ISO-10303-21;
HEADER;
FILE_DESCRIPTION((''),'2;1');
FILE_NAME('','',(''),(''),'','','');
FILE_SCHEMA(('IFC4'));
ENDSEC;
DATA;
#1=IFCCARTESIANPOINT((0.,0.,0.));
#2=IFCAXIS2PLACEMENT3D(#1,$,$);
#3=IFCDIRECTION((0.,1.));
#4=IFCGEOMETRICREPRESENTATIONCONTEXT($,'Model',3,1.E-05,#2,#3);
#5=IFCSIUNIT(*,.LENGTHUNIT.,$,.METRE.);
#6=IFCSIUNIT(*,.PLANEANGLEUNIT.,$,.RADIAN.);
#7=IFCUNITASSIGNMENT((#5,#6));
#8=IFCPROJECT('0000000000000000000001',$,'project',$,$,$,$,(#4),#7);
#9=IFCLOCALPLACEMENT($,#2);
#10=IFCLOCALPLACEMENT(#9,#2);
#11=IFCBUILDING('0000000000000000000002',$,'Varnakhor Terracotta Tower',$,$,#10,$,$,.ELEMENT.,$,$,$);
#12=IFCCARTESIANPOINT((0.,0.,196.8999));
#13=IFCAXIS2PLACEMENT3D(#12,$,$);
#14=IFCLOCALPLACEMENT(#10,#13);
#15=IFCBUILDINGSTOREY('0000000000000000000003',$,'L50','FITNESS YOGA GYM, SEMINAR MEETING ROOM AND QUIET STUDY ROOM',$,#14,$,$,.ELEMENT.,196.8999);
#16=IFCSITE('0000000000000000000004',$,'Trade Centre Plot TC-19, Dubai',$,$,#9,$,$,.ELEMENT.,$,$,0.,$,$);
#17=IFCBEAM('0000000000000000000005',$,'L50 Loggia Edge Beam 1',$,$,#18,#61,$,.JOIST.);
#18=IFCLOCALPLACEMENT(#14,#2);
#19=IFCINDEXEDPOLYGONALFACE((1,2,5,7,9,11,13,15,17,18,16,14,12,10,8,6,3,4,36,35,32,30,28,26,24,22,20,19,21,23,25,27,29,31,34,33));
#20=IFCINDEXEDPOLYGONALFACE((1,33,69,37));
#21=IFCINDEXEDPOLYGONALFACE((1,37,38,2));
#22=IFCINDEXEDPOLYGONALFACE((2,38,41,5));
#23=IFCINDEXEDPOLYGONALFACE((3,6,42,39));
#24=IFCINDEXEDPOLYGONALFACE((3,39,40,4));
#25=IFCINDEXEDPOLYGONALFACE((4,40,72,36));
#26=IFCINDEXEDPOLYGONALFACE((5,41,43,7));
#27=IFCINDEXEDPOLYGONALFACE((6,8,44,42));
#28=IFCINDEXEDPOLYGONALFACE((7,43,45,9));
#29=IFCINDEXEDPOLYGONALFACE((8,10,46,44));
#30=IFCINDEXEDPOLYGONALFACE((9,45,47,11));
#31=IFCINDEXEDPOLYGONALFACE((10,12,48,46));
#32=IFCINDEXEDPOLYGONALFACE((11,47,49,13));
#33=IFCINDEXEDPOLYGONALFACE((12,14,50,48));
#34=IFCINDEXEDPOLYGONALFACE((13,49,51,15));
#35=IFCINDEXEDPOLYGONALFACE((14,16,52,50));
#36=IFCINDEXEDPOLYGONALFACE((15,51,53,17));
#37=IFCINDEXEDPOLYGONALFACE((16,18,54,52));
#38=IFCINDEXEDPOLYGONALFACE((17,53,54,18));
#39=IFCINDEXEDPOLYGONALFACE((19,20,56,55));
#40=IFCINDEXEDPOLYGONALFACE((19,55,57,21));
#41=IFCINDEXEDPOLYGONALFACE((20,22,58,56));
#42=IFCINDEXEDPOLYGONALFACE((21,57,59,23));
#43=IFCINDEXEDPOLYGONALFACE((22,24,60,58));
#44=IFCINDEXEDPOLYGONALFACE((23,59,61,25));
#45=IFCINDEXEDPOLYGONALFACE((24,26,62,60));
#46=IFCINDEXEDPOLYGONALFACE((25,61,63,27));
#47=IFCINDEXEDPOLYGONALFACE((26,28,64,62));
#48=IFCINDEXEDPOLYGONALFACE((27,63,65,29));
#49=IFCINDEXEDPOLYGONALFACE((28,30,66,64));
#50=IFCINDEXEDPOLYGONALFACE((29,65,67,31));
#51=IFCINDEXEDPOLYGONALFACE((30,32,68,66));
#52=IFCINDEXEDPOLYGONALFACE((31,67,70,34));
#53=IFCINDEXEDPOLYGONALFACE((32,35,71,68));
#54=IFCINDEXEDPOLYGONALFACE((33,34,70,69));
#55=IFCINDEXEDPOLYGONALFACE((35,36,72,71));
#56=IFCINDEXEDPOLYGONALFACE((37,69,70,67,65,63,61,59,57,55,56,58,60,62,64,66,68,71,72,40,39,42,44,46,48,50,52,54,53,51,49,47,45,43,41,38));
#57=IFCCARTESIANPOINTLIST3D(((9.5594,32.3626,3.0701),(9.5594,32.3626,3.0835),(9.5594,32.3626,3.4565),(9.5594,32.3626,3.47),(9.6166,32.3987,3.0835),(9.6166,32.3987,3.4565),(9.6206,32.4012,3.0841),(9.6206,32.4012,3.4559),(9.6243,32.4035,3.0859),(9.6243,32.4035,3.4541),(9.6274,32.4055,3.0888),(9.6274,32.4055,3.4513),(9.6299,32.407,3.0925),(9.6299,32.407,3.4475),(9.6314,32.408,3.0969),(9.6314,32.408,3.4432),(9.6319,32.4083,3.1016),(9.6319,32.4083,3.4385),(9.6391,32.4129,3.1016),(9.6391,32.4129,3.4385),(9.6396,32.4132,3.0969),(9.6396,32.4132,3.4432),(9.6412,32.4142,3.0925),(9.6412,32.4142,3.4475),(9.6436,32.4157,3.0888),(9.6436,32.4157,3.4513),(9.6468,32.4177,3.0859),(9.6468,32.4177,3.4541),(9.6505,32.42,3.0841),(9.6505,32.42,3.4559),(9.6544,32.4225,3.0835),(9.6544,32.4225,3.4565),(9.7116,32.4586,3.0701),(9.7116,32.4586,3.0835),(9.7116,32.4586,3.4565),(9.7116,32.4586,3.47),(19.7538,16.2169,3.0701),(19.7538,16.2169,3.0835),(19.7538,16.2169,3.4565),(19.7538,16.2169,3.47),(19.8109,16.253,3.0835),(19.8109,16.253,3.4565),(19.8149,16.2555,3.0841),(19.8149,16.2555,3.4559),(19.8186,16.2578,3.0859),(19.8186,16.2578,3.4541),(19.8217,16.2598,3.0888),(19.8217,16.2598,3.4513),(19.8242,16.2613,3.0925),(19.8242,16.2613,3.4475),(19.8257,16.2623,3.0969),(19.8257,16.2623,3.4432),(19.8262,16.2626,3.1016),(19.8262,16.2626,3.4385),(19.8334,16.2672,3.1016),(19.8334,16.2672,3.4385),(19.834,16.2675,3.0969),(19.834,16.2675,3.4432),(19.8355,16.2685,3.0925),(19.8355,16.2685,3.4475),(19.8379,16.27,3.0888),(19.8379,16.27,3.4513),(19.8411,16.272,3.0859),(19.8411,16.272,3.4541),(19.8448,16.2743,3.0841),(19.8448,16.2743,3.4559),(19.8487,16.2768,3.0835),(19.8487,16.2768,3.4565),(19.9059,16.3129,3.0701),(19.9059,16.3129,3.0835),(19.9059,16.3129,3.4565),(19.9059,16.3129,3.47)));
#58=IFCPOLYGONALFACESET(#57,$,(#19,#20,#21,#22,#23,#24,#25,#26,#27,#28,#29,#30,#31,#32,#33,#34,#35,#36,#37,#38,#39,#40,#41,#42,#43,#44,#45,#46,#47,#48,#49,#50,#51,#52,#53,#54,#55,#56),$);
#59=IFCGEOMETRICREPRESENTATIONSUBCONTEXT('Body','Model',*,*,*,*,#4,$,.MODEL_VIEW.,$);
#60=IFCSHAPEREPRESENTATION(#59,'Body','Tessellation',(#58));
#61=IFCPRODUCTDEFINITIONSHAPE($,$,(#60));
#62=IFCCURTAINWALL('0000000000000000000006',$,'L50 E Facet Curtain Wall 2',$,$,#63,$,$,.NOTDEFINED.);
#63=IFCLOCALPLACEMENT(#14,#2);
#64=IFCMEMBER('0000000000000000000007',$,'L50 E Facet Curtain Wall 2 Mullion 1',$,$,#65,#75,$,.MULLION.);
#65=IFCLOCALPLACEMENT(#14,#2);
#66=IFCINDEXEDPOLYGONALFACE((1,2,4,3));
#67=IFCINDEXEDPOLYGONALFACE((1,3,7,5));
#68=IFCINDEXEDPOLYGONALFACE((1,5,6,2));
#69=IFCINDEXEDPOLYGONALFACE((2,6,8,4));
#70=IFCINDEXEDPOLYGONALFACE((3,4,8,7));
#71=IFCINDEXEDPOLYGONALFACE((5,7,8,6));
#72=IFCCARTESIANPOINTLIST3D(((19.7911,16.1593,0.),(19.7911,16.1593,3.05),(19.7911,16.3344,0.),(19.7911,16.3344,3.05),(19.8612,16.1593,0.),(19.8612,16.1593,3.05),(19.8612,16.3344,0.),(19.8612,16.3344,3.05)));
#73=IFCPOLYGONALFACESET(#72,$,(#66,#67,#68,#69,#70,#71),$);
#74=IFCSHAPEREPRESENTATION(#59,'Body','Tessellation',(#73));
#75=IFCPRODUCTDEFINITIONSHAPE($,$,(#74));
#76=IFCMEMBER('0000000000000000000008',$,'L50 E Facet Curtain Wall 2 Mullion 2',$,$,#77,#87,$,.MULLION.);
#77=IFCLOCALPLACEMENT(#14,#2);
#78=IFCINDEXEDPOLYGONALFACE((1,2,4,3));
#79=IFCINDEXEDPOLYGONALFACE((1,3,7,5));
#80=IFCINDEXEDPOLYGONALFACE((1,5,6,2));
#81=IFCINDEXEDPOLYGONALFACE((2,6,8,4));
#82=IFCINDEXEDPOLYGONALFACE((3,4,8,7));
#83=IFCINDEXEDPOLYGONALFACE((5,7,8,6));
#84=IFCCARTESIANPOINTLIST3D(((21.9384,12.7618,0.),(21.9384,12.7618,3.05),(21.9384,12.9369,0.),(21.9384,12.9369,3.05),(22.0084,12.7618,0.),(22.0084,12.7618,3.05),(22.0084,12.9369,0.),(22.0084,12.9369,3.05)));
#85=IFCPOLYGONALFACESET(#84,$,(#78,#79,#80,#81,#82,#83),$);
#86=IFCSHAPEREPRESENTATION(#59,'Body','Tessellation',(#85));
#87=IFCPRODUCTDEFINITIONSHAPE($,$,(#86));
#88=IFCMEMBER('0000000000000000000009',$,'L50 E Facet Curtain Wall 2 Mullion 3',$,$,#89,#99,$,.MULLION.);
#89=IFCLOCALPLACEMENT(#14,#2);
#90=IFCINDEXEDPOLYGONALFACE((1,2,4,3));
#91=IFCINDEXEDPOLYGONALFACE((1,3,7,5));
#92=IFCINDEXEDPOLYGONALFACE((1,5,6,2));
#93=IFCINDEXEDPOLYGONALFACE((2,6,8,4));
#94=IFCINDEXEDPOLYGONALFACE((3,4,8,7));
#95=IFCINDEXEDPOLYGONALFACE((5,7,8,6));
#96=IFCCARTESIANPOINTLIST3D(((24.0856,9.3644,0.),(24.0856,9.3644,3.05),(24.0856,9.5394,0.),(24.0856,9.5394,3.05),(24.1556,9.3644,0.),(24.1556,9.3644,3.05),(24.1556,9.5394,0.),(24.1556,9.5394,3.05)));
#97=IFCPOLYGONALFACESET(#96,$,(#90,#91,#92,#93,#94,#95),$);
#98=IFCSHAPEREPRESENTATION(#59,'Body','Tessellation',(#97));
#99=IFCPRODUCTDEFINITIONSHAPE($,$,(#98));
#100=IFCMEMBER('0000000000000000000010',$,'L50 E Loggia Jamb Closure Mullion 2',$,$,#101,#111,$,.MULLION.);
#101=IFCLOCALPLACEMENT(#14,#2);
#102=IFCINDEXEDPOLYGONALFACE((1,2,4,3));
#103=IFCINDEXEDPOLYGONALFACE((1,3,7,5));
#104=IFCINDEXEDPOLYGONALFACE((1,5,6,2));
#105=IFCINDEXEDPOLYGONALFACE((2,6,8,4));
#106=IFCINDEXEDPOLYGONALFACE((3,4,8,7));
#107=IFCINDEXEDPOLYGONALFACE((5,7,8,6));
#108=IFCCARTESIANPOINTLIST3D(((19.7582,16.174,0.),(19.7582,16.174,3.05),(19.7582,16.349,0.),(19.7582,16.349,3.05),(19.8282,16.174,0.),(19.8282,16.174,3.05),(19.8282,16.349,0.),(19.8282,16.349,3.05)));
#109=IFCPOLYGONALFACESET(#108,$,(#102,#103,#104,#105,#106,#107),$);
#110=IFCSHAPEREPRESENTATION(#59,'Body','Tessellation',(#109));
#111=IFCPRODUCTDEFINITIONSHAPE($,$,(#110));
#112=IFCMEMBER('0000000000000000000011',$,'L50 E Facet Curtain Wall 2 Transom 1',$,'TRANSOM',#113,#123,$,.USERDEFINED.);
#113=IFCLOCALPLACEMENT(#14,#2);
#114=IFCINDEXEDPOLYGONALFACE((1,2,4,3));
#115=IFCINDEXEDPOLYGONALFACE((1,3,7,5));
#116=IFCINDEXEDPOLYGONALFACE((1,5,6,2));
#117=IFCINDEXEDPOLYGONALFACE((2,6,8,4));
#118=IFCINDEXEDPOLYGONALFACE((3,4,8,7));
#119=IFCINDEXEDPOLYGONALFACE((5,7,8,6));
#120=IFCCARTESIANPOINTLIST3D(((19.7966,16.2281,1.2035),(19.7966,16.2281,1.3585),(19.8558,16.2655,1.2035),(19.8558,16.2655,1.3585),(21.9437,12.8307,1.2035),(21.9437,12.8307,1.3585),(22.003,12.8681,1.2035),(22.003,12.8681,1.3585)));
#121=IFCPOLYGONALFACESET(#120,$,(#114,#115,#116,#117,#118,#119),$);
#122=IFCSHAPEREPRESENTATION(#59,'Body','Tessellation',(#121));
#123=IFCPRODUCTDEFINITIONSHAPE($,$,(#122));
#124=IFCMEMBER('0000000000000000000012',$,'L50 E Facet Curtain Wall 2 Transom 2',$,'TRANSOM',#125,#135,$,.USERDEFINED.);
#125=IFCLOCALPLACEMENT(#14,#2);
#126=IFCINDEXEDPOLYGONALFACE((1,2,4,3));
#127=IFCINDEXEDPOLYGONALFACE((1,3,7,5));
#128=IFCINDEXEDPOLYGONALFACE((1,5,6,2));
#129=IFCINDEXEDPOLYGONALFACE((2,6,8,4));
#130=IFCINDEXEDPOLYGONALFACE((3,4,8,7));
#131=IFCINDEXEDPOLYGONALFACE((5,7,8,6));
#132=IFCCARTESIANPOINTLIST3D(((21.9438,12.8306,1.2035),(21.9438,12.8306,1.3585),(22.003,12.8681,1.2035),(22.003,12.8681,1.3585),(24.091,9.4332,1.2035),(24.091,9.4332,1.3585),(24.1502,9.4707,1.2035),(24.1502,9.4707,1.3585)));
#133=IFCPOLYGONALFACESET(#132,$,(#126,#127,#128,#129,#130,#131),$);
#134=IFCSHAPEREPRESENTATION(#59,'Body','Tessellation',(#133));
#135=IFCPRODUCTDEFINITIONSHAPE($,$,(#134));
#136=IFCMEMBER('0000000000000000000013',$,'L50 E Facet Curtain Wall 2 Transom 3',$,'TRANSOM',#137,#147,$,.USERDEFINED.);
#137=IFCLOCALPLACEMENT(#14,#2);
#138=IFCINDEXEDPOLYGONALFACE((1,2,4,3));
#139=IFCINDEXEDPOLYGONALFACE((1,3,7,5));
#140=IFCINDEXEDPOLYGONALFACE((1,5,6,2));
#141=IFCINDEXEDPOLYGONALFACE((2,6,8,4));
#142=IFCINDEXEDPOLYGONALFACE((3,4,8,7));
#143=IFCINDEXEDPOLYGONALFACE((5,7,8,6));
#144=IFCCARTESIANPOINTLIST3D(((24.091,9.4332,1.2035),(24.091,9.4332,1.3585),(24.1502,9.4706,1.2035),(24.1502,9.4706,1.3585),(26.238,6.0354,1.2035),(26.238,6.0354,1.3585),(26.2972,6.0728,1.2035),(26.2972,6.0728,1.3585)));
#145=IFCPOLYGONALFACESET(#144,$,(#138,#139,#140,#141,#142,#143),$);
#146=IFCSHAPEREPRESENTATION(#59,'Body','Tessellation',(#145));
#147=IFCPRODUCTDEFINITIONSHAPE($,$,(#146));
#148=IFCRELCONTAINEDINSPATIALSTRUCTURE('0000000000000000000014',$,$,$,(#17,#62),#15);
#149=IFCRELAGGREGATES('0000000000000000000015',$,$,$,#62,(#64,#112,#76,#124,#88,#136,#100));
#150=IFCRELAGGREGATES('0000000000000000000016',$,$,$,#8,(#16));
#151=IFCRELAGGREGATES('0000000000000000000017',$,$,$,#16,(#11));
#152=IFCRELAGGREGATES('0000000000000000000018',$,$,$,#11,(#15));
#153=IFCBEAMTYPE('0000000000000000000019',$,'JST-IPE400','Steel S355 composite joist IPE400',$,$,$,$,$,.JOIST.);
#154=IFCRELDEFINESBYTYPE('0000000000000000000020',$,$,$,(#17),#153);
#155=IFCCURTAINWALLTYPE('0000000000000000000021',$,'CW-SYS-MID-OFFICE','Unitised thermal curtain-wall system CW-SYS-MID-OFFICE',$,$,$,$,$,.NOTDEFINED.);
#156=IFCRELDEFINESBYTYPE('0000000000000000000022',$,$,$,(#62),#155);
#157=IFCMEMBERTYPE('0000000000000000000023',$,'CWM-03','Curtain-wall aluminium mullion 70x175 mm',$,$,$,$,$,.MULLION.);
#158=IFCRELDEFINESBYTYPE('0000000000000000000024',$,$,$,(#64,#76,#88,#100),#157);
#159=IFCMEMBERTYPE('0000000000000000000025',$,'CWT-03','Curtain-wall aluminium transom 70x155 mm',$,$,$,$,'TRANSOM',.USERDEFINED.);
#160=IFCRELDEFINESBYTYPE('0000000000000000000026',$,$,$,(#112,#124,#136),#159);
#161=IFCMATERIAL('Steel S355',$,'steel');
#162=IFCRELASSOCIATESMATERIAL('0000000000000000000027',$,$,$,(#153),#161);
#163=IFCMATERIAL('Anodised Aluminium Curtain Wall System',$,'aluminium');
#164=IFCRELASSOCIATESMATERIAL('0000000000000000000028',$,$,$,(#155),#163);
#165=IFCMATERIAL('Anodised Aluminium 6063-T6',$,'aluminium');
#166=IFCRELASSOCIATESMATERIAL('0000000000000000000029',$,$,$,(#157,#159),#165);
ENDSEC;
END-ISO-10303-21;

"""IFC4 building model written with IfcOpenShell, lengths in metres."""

from ifc_helpers import new_model, si_unit, direction, frame, origin, origin_2d, place, context, subcontext, project, spatial, rectangle, i_section, extrude, source, transform, mapped, material, material_profile, profile_set, type_object, element, aggregate, save


model = new_model("IFC4")

# Units and contexts
model_context = context("Model", 3, precision=1e-05, world=origin(), true_north=direction((0.0, 1.0)))
body_context = subcontext(model_context, "Body", "Model", "MODEL_VIEW")
ifc_project = project(units=[si_unit("LENGTHUNIT", "METRE"), si_unit("PLANEANGLEUNIT", "RADIAN")], contexts=[model_context])

# Site, building, storey
site_placement = place(None, origin())
site = spatial("IfcSite", under=ifc_project, at=site_placement, Name="Trade Centre Plot TC-19, Dubai", CompositionType="ELEMENT", RefElevation=0.0)
building_placement = place(site_placement, origin())
building = spatial("IfcBuilding", under=site, at=building_placement, Name="Varnakhor Terracotta Tower", CompositionType="ELEMENT")
storey_placement = place(building_placement, frame((0.0, 0.0, 196.8999)))
storey = spatial("IfcBuildingStorey", under=building, at=storey_placement, Name="L50", Description="FITNESS YOGA GYM, SEMINAR MEETING ROOM AND QUIET STUDY ROOM", CompositionType="ELEMENT", Elevation=196.8999)

# Beam
ifc_material_1 = material(Name="Steel S355", Category="steel")
ifc_material_profile_1 = material_profile(ifc_material_1, i_section(OverallWidth=0.1799, OverallDepth=0.3999, WebThickness=0.0085, FlangeThickness=0.0134, FilletRadius=0.0181, at=origin_2d()), Name="IPE400")
ifc_profile_set_1 = profile_set([ifc_material_profile_1], Name="Steel S355")
beam_type = type_object("IfcBeamType", Name="JST-IPE400", Description="Steel S355 composite joist IPE400", PredefinedType="JOIST", material=ifc_profile_set_1)
shared_shape_1 = source(origin(), body_context, "Body", "SweptSolid", [
    extrude(i_section(OverallWidth=0.1799, OverallDepth=0.3999, WebThickness=0.0085, FlangeThickness=0.0134, FilletRadius=0.0181, at=origin_2d()), origin(), (0.0, 0.0, 1.0), 19.0947),
])
beam_1_placement = place(storey_placement, frame((19.8298, 16.2649, 3.27), z_axis=(-0.533881, 0.845559, 0.0), x_axis=(-0.845559, -0.533881, 0.0)))
element("IfcBeam", 1, at=beam_1_placement, inside=storey, type_object=beam_type, Name="L50 Loggia Edge Beam 1", PredefinedType="JOIST", context=body_context, shape_type="MappedRepresentation", body=[
    mapped(shared_shape_1, transform((0.0, 0.0, 0.0), scale=1.0)),
])

# Curtain wall, members
ifc_material_2 = material(Name="Anodised Aluminium Curtain Wall System", Category="aluminium")
curtain_wall_type = type_object("IfcCurtainWallType", Name="CW-SYS-MID-OFFICE", Description="Unitised thermal curtain-wall system CW-SYS-MID-OFFICE", PredefinedType="NOTDEFINED", material=ifc_material_2)
curtain_wall_placement = place(storey_placement, origin())
curtain_wall = element("IfcCurtainWall", 2, at=curtain_wall_placement, inside=storey, type_object=curtain_wall_type, Name="L50 E Facet Curtain Wall 2", PredefinedType="NOTDEFINED")
ifc_material_3 = material(Name="Anodised Aluminium 6063-T6", Category="aluminium")
ifc_material_profile_2 = material_profile(ifc_material_3, rectangle(XDim=0.0701, YDim=0.175, at=origin_2d()), Name="ALU MULLION 70x175")
ifc_profile_set_2 = profile_set([ifc_material_profile_2], Name="Anodised Aluminium 6063-T6")
member_type_1 = type_object("IfcMemberType", Name="CWM-03", Description="Curtain-wall aluminium mullion 70x175 mm", PredefinedType="MULLION", material=ifc_profile_set_2)
shared_shape_2 = source(origin(), body_context, "Body", "SweptSolid", [
    extrude(rectangle(XDim=0.0701, YDim=0.175, at=origin_2d()), origin(), (0.0, 0.0, 1.0), 3.05),
])
member_1_placement = place(storey_placement, frame((19.8262, 16.2468, 0.0), z_axis=(0.0, 0.0, 1.0), x_axis=(1.0, 0.0, 0.0)))
member_1 = element("IfcMember", 3, at=member_1_placement, type_object=member_type_1, Name="L50 E Facet Curtain Wall 2 Mullion 1", PredefinedType="MULLION", context=body_context, shape_type="MappedRepresentation", body=[
    mapped(shared_shape_2, transform((0.0, 0.0, 0.0), scale=1.0)),
])
member_2_placement = place(storey_placement, frame((21.9734, 12.8494, 0.0), z_axis=(0.0, 0.0, 1.0), x_axis=(1.0, 0.0, 0.0)))
member_2 = element("IfcMember", 4, at=member_2_placement, type_object=member_type_1, Name="L50 E Facet Curtain Wall 2 Mullion 2", PredefinedType="MULLION", context=body_context, shape_type="MappedRepresentation", body=[
    mapped(shared_shape_2, transform((0.0, 0.0, 0.0), scale=1.0)),
])
member_3_placement = place(storey_placement, frame((24.1206, 9.4519, 0.0), z_axis=(0.0, 0.0, 1.0), x_axis=(1.0, 0.0, 0.0)))
member_3 = element("IfcMember", 5, at=member_3_placement, type_object=member_type_1, Name="L50 E Facet Curtain Wall 2 Mullion 3", PredefinedType="MULLION", context=body_context, shape_type="MappedRepresentation", body=[
    mapped(shared_shape_2, transform((0.0, 0.0, 0.0), scale=1.0)),
])
member_4_placement = place(storey_placement, frame((19.7932, 16.2615, 0.0), z_axis=(0.0, 0.0, 1.0), x_axis=(1.0, 0.0, 0.0)))
member_4 = element("IfcMember", 6, at=member_4_placement, type_object=member_type_1, Name="L50 E Loggia Jamb Closure Mullion 2", PredefinedType="MULLION", context=body_context, shape_type="MappedRepresentation", body=[
    mapped(shared_shape_2, transform((0.0, 0.0, 0.0), scale=1.0)),
])
ifc_material_profile_3 = material_profile(ifc_material_3, rectangle(XDim=0.0701, YDim=0.155, at=origin_2d()), Name="ALU TRANSOM 70x155")
ifc_profile_set_3 = profile_set([ifc_material_profile_3], Name="Anodised Aluminium 6063-T6")
member_type_2 = type_object("IfcMemberType", Name="CWT-03", Description="Curtain-wall aluminium transom 70x155 mm", ElementType="TRANSOM", PredefinedType="USERDEFINED", material=ifc_profile_set_3)
shared_shape_3 = source(origin(), body_context, "Body", "SweptSolid", [
    extrude(rectangle(XDim=0.0701, YDim=0.155, at=origin_2d()), origin(), (0.0, 0.0, 1.0), 4.019),
])
member_5_placement = place(storey_placement, frame((19.8262, 16.2468, 1.281), z_axis=(0.534251, -0.845326, 0.0), x_axis=(0.845326, 0.534251, 0.0)))
member_5 = element("IfcMember", 7, at=member_5_placement, type_object=member_type_2, Name="L50 E Facet Curtain Wall 2 Transom 1", ObjectType="TRANSOM", PredefinedType="USERDEFINED", context=body_context, shape_type="MappedRepresentation", body=[
    mapped(shared_shape_3, transform((0.0, 0.0, 0.0), scale=1.0)),
])
member_6_placement = place(storey_placement, frame((21.9734, 12.8494, 1.281), z_axis=(0.534251, -0.845326, 0.0), x_axis=(0.845326, 0.534251, 0.0)))
member_6 = element("IfcMember", 8, at=member_6_placement, type_object=member_type_2, Name="L50 E Facet Curtain Wall 2 Transom 2", ObjectType="TRANSOM", PredefinedType="USERDEFINED", context=body_context, shape_type="MappedRepresentation", body=[
    mapped(shared_shape_3, transform((0.0, 0.0, 0.0), scale=1.0)),
])
shared_shape_4 = source(origin(), body_context, "Body", "SweptSolid", [
    extrude(rectangle(XDim=0.0701, YDim=0.155, at=origin_2d()), origin(), (0.0, 0.0, 1.0), 4.0193),
])
member_7_placement = place(storey_placement, frame((24.1206, 9.4519, 1.281), z_axis=(0.53418, -0.845371, 0.0), x_axis=(0.845371, 0.53418, 0.0)))
member_7 = element("IfcMember", 9, at=member_7_placement, type_object=member_type_2, Name="L50 E Facet Curtain Wall 2 Transom 3", ObjectType="TRANSOM", PredefinedType="USERDEFINED", context=body_context, shape_type="MappedRepresentation", body=[
    mapped(shared_shape_4, transform((0.0, 0.0, 0.0), scale=1.0)),
])

aggregate(curtain_wall, [member_1, member_5, member_2, member_6, member_3, member_7, member_4])

save(model, "model.ifc")
